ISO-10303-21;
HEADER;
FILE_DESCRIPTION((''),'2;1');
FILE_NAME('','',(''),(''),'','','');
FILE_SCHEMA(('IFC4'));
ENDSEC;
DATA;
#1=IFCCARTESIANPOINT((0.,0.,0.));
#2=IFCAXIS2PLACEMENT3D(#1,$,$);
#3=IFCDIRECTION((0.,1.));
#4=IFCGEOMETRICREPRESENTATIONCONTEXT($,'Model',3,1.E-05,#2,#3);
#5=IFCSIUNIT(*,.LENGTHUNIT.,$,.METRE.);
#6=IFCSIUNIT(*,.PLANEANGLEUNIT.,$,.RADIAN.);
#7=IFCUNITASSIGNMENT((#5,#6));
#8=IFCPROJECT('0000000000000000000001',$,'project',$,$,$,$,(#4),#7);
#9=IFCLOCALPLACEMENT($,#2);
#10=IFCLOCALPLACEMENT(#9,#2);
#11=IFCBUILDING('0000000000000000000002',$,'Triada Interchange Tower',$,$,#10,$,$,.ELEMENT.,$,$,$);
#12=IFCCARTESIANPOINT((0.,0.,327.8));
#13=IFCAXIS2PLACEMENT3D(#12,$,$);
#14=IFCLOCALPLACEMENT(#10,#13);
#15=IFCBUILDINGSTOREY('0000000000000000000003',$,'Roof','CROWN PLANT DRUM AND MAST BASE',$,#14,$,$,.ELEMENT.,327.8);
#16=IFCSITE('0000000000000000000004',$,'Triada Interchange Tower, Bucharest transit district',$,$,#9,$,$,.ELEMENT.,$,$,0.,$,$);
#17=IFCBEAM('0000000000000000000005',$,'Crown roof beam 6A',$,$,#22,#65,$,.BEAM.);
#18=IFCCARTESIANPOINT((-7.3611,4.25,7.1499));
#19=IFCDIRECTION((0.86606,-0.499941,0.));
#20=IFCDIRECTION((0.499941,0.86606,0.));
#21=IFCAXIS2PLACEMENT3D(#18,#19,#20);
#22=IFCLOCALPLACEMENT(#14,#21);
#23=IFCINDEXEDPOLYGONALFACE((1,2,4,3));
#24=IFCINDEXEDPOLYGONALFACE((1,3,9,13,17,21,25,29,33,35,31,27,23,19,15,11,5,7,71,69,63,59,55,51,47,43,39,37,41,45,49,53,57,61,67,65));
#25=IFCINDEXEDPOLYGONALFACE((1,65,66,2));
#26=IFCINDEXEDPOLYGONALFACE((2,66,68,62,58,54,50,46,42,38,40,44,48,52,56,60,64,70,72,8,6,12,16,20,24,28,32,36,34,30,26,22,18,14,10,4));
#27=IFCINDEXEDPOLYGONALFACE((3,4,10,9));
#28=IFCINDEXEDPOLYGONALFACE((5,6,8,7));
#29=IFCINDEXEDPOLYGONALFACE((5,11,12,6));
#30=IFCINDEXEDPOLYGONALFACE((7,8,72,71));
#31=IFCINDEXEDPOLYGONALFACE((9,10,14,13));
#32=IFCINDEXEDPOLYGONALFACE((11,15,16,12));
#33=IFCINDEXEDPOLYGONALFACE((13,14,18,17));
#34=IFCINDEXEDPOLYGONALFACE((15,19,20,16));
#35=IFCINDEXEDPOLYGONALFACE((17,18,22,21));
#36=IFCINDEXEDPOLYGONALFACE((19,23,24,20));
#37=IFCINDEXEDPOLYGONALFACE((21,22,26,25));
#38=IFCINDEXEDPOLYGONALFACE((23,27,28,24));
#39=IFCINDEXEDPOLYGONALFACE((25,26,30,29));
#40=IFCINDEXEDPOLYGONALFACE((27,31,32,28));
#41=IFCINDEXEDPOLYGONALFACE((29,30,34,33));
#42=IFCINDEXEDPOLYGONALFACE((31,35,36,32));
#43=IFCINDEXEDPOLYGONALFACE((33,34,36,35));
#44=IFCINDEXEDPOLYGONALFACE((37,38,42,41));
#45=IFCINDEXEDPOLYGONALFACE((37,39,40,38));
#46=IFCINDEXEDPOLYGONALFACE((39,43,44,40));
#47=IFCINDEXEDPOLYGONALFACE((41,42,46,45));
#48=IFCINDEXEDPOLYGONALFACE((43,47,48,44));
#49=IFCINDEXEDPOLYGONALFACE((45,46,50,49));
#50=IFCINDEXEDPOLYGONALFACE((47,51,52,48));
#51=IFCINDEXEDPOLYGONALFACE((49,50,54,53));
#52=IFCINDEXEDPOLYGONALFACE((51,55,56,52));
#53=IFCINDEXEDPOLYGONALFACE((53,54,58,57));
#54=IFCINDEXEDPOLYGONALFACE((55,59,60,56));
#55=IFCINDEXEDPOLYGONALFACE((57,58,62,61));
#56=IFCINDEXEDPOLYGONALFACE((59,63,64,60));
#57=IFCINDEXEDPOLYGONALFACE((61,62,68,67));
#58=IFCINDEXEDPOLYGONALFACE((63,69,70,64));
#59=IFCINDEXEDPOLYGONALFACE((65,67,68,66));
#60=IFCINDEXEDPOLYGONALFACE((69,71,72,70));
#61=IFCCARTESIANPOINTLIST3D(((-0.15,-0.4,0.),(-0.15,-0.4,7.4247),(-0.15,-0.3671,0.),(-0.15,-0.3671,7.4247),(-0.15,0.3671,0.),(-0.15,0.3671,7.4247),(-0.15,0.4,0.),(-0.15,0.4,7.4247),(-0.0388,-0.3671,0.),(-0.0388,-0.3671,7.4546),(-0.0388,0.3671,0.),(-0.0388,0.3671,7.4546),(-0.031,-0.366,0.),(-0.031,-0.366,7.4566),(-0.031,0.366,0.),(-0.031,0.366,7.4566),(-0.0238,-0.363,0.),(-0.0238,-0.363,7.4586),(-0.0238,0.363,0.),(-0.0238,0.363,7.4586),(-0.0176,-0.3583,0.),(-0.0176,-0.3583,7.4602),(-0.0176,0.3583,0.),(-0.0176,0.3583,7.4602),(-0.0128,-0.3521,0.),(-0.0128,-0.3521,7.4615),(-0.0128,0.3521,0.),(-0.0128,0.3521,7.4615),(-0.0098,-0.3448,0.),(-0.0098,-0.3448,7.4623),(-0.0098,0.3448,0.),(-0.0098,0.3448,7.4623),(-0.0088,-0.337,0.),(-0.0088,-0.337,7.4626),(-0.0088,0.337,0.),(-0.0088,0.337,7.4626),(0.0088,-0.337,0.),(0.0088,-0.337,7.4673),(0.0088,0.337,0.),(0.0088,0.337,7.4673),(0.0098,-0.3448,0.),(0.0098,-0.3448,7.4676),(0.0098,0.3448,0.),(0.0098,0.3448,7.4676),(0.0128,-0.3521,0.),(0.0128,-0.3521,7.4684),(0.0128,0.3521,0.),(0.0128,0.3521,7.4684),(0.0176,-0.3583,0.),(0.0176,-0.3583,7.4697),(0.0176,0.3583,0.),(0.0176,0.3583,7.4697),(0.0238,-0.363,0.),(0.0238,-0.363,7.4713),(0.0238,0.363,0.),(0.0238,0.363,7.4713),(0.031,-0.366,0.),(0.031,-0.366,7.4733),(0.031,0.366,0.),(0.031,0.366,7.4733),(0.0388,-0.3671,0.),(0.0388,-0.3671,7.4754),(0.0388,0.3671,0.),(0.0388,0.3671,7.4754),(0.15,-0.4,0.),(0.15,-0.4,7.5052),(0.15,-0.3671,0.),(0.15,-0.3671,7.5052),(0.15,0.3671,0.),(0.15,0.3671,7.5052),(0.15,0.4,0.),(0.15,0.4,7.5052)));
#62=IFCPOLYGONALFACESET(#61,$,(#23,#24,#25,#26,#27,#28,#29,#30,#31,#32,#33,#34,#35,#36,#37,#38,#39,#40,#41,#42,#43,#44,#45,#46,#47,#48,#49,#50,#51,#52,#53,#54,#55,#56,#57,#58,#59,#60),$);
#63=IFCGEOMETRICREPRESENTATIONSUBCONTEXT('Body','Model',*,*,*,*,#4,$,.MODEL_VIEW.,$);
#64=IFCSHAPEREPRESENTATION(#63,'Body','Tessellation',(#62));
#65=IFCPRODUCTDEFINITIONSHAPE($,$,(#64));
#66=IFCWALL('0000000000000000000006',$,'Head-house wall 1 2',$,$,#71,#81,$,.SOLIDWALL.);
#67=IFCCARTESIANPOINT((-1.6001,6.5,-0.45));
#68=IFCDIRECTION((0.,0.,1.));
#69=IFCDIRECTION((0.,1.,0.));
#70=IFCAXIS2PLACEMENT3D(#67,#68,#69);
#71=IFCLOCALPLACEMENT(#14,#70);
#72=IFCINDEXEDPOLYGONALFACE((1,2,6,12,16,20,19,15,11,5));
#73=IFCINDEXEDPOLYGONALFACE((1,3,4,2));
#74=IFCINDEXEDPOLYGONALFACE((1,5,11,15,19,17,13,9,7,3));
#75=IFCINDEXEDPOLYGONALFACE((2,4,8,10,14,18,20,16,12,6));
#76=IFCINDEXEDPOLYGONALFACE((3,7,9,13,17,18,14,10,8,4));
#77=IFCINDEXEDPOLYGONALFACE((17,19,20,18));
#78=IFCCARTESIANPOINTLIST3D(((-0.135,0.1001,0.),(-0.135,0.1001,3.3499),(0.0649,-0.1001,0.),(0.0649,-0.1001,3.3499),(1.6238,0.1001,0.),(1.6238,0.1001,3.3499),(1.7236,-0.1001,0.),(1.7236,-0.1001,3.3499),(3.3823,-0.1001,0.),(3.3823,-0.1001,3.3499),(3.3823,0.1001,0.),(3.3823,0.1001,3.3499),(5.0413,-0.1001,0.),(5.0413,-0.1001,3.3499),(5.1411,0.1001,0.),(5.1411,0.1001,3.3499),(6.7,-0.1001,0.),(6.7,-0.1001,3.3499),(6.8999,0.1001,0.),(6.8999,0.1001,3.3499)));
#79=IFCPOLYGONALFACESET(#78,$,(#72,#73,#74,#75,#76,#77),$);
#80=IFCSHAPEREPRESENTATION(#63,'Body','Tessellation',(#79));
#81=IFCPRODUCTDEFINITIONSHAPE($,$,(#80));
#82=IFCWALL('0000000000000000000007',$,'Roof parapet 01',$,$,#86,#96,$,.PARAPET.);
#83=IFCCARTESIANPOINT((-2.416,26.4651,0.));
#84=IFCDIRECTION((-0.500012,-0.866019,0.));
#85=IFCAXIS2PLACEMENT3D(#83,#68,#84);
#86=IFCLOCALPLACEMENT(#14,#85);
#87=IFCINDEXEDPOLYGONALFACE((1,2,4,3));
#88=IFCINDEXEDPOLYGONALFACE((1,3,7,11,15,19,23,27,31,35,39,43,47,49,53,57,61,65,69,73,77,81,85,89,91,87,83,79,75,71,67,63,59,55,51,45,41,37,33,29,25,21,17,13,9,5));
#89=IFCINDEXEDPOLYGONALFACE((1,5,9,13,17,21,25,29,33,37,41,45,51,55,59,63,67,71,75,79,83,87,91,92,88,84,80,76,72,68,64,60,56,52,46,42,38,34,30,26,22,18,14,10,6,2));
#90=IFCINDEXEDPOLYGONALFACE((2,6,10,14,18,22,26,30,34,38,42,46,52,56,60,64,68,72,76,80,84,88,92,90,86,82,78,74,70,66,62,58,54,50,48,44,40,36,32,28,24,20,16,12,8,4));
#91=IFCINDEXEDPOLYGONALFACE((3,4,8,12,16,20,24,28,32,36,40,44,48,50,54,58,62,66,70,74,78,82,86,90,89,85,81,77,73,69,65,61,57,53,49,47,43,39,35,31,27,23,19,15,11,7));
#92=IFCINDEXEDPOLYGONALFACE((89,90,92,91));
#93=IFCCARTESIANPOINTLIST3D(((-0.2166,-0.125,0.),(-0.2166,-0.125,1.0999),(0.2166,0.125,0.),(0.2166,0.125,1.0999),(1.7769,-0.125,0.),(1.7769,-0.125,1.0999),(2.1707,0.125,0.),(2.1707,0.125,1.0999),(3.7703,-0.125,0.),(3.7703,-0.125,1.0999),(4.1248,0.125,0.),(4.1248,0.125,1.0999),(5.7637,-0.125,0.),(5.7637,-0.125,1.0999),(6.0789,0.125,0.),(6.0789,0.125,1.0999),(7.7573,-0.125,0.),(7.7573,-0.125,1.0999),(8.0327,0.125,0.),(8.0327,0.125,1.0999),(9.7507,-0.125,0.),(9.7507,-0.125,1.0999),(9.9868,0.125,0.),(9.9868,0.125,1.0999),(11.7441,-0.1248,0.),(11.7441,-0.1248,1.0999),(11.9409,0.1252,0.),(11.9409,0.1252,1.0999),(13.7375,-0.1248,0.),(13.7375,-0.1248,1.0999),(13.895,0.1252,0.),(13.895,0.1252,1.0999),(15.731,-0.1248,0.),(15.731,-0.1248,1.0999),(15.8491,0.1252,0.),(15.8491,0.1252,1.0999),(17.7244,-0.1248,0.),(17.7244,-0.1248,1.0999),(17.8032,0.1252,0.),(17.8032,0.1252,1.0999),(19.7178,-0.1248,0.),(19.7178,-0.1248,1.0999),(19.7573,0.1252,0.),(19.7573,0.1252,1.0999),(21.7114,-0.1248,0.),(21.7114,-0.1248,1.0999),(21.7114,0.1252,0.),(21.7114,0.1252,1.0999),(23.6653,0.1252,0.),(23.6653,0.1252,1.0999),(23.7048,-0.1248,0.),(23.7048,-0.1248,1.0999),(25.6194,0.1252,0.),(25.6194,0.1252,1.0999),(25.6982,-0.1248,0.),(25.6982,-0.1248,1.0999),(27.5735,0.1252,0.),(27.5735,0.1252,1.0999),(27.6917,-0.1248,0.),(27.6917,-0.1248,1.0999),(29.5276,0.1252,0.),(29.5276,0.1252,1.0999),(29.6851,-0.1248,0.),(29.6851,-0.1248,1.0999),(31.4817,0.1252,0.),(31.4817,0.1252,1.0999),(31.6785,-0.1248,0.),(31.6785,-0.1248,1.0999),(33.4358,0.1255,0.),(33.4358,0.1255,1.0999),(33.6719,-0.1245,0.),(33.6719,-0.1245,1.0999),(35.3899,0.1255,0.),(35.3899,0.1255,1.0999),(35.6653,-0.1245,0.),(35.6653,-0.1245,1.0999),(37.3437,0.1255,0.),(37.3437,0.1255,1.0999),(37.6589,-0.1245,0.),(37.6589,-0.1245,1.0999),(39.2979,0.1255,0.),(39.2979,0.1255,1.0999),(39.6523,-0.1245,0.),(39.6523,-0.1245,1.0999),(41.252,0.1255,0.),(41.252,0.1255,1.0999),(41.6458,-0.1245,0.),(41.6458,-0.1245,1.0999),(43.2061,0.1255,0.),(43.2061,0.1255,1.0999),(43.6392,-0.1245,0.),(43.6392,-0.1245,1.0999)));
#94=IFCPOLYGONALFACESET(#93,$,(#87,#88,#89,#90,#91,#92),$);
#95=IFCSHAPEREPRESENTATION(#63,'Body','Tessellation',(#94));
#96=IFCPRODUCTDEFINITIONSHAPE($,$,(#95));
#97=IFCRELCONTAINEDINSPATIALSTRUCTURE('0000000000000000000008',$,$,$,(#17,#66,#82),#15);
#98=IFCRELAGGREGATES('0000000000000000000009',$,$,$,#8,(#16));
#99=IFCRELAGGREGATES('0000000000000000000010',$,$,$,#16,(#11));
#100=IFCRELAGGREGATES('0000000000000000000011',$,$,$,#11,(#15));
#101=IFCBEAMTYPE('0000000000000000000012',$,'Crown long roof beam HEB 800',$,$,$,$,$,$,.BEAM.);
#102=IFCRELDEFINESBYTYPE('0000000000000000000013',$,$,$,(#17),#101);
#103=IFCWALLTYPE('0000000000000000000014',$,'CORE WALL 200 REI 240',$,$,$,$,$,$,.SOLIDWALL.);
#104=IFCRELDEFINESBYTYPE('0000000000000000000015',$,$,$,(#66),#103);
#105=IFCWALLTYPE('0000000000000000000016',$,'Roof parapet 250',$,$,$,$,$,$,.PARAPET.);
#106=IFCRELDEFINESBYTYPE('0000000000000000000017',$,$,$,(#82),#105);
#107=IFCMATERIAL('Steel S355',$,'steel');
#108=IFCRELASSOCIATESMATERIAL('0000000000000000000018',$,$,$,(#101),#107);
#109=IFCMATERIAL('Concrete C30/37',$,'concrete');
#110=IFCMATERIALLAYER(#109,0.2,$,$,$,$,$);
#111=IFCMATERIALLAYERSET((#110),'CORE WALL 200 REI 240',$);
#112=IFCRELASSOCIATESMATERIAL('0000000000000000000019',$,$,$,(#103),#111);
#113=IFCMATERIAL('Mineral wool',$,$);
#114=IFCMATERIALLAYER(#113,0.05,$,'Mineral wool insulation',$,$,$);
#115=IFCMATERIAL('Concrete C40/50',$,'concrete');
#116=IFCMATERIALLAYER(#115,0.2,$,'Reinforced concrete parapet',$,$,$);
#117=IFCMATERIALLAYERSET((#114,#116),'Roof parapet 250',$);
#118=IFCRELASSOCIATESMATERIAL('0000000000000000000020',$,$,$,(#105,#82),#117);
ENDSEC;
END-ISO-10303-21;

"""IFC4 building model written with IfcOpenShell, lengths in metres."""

from ifc_helpers import new_model, si_unit, direction, frame, origin, origin_2d, place, context, subcontext, project, spatial, polyline, i_section, outline, extrude, clip, halfspace, material, layer, layer_set, layer_usage, material_profile, profile_set, type_object, element, save


model = new_model("IFC4")

# Units and contexts
model_context = context("Model", 3, precision=1e-05, world=origin(), true_north=direction((0.0, 1.0)))
body_context = subcontext(model_context, "Body", "Model", "MODEL_VIEW")
ifc_project = project(units=[si_unit("LENGTHUNIT", "METRE"), si_unit("PLANEANGLEUNIT", "RADIAN")], contexts=[model_context])

# Site, building, storey
site_placement = place(None, origin())
site = spatial("IfcSite", under=ifc_project, at=site_placement, Name="Triada Interchange Tower, Bucharest transit district", CompositionType="ELEMENT", RefElevation=0.0)
building_placement = place(site_placement, origin())
building = spatial("IfcBuilding", under=site, at=building_placement, Name="Triada Interchange Tower", CompositionType="ELEMENT")
storey_placement = place(building_placement, frame((0.0, 0.0, 327.8)))
storey = spatial("IfcBuildingStorey", under=building, at=storey_placement, Name="Roof", Description="CROWN PLANT DRUM AND MAST BASE", CompositionType="ELEMENT", Elevation=327.8)

# Shared definitions
ifc_material_1 = material(Name="Steel S355", Category="steel")

# Beam
ifc_material_profile_1 = material_profile(ifc_material_1, i_section(OverallWidth=0.3, OverallDepth=0.8, WebThickness=0.0176, FlangeThickness=0.033, FilletRadius=0.03, at=origin_2d()), Name="HEB 800")
ifc_profile_set_1 = profile_set([ifc_material_profile_1], Name="Steel S355")
beam_type_1 = type_object("IfcBeamType", Name="Crown long roof beam HEB 800", PredefinedType="BEAM", material=ifc_profile_set_1)
beam_1_placement = place(storey_placement, frame((-7.3611, 4.25, 7.1499), z_axis=(0.86606, -0.499941, 0.0), x_axis=(0.499941, 0.86606, 0.0)))
element("IfcBeam", 1, at=beam_1_placement, inside=storey, type_object=beam_type_1, Name="Crown roof beam 6A", PredefinedType="BEAM", context=body_context, shape_type="Clipping", body=[
    clip(extrude(i_section(OverallWidth=0.3, OverallDepth=0.8, WebThickness=0.0176, FlangeThickness=0.033, FilletRadius=0.03, at=origin_2d()), origin(), (0.0, 0.0, 1.0), 8.9648), halfspace(frame((-1.415, -334.95, 7.0857), z_axis=(-0.258885, 0.0, 0.965908), x_axis=(0.0, 1.0, 0.0)), False)),
])

# Shared definitions
ifc_material_2 = material(Name="Concrete C30/37", Category="concrete")

# Wall
ifc_layer_1 = layer(ifc_material_2, 0.2)
ifc_layer_set_1 = layer_set([ifc_layer_1], Name="CORE WALL 200 REI 240")
wall_type_1 = type_object("IfcWallType", Name="CORE WALL 200 REI 240", PredefinedType="SOLIDWALL", material=ifc_layer_set_1)
wall_1_placement = place(storey_placement, frame((-1.6001, 6.5, -0.45), z_axis=(0.0, 0.0, 1.0), x_axis=(0.0, 1.0, 0.0)))
element("IfcWall", 2, at=wall_1_placement, inside=storey, type_object=wall_type_1, Name="Head-house wall 1 2", PredefinedType="SOLIDWALL", context=body_context, shape_type="SweptSolid", body=[
    extrude(outline(polyline([(-0.135, 0.1001), (1.6238, 0.1001), (3.3823, 0.1001), (5.1411, 0.1001), (6.8999, 0.1001), (6.7, -0.1001), (5.0413, -0.1001), (3.3823, -0.1001), (1.7236, -0.1001), (0.0649, -0.1001), (-0.135, 0.1001)])), origin(), (0.0, 0.0, 1.0), 3.3499),
])

# Wall
ifc_material_3 = material(Name="Mineral wool")
ifc_layer_2 = layer(ifc_material_3, 0.05, Name="Mineral wool insulation")
ifc_material_4 = material(Name="Concrete C40/50", Category="concrete")
ifc_layer_3 = layer(ifc_material_4, 0.2, Name="Reinforced concrete parapet")
ifc_layer_set_2 = layer_set([ifc_layer_2, ifc_layer_3], Name="Roof parapet 250")
ifc_layer_usage = layer_usage(ifc_layer_set_2, "AXIS2", "POSITIVE", -0.125)
wall_type_2 = type_object("IfcWallType", Name="Roof parapet 250", PredefinedType="PARAPET", material=ifc_layer_set_2)
wall_2_placement = place(storey_placement, frame((-2.416, 26.4651, 0.0), z_axis=(0.0, 0.0, 1.0), x_axis=(-0.500012, -0.866019, 0.0)))
element("IfcWall", 3, at=wall_2_placement, inside=storey, type_object=wall_type_2, material=ifc_layer_usage, Name="Roof parapet 01", PredefinedType="PARAPET", context=body_context, shape_type="SweptSolid", body=[
    extrude(outline(polyline([(-0.2166, -0.125), (1.7769, -0.125), (3.7703, -0.125), (5.7637, -0.125), (7.7573, -0.125), (9.7507, -0.125), (11.7441, -0.1248), (13.7375, -0.1248), (15.731, -0.1248), (17.7244, -0.1248), (19.7178, -0.1248), (21.7114, -0.1248), (23.7048, -0.1248), (25.6982, -0.1248), (27.6917, -0.1248), (29.6851, -0.1248), (31.6785, -0.1248), (33.6719, -0.1245), (35.6653, -0.1245), (37.6589, -0.1245), (39.6523, -0.1245), (41.6458, -0.1245), (43.6392, -0.1245), (43.2061, 0.1255), (41.252, 0.1255), (39.2979, 0.1255), (37.3438, 0.1255), (35.3899, 0.1255), (33.4358, 0.1255), (31.4817, 0.1252), (29.5276, 0.1252), (27.5735, 0.1252), (25.6194, 0.1252), (23.6653, 0.1252), (21.7114, 0.1252), (19.7573, 0.1252), (17.8032, 0.1252), (15.8491, 0.1252), (13.895, 0.1252), (11.9409, 0.1252), (9.9868, 0.125), (8.0327, 0.125), (6.0789, 0.125), (4.1248, 0.125), (2.1707, 0.125), (0.2166, 0.125), (-0.2166, -0.125)])), origin(), (0.0, 0.0, 1.0), 1.0999),
])

save(model, "model.ifc")
